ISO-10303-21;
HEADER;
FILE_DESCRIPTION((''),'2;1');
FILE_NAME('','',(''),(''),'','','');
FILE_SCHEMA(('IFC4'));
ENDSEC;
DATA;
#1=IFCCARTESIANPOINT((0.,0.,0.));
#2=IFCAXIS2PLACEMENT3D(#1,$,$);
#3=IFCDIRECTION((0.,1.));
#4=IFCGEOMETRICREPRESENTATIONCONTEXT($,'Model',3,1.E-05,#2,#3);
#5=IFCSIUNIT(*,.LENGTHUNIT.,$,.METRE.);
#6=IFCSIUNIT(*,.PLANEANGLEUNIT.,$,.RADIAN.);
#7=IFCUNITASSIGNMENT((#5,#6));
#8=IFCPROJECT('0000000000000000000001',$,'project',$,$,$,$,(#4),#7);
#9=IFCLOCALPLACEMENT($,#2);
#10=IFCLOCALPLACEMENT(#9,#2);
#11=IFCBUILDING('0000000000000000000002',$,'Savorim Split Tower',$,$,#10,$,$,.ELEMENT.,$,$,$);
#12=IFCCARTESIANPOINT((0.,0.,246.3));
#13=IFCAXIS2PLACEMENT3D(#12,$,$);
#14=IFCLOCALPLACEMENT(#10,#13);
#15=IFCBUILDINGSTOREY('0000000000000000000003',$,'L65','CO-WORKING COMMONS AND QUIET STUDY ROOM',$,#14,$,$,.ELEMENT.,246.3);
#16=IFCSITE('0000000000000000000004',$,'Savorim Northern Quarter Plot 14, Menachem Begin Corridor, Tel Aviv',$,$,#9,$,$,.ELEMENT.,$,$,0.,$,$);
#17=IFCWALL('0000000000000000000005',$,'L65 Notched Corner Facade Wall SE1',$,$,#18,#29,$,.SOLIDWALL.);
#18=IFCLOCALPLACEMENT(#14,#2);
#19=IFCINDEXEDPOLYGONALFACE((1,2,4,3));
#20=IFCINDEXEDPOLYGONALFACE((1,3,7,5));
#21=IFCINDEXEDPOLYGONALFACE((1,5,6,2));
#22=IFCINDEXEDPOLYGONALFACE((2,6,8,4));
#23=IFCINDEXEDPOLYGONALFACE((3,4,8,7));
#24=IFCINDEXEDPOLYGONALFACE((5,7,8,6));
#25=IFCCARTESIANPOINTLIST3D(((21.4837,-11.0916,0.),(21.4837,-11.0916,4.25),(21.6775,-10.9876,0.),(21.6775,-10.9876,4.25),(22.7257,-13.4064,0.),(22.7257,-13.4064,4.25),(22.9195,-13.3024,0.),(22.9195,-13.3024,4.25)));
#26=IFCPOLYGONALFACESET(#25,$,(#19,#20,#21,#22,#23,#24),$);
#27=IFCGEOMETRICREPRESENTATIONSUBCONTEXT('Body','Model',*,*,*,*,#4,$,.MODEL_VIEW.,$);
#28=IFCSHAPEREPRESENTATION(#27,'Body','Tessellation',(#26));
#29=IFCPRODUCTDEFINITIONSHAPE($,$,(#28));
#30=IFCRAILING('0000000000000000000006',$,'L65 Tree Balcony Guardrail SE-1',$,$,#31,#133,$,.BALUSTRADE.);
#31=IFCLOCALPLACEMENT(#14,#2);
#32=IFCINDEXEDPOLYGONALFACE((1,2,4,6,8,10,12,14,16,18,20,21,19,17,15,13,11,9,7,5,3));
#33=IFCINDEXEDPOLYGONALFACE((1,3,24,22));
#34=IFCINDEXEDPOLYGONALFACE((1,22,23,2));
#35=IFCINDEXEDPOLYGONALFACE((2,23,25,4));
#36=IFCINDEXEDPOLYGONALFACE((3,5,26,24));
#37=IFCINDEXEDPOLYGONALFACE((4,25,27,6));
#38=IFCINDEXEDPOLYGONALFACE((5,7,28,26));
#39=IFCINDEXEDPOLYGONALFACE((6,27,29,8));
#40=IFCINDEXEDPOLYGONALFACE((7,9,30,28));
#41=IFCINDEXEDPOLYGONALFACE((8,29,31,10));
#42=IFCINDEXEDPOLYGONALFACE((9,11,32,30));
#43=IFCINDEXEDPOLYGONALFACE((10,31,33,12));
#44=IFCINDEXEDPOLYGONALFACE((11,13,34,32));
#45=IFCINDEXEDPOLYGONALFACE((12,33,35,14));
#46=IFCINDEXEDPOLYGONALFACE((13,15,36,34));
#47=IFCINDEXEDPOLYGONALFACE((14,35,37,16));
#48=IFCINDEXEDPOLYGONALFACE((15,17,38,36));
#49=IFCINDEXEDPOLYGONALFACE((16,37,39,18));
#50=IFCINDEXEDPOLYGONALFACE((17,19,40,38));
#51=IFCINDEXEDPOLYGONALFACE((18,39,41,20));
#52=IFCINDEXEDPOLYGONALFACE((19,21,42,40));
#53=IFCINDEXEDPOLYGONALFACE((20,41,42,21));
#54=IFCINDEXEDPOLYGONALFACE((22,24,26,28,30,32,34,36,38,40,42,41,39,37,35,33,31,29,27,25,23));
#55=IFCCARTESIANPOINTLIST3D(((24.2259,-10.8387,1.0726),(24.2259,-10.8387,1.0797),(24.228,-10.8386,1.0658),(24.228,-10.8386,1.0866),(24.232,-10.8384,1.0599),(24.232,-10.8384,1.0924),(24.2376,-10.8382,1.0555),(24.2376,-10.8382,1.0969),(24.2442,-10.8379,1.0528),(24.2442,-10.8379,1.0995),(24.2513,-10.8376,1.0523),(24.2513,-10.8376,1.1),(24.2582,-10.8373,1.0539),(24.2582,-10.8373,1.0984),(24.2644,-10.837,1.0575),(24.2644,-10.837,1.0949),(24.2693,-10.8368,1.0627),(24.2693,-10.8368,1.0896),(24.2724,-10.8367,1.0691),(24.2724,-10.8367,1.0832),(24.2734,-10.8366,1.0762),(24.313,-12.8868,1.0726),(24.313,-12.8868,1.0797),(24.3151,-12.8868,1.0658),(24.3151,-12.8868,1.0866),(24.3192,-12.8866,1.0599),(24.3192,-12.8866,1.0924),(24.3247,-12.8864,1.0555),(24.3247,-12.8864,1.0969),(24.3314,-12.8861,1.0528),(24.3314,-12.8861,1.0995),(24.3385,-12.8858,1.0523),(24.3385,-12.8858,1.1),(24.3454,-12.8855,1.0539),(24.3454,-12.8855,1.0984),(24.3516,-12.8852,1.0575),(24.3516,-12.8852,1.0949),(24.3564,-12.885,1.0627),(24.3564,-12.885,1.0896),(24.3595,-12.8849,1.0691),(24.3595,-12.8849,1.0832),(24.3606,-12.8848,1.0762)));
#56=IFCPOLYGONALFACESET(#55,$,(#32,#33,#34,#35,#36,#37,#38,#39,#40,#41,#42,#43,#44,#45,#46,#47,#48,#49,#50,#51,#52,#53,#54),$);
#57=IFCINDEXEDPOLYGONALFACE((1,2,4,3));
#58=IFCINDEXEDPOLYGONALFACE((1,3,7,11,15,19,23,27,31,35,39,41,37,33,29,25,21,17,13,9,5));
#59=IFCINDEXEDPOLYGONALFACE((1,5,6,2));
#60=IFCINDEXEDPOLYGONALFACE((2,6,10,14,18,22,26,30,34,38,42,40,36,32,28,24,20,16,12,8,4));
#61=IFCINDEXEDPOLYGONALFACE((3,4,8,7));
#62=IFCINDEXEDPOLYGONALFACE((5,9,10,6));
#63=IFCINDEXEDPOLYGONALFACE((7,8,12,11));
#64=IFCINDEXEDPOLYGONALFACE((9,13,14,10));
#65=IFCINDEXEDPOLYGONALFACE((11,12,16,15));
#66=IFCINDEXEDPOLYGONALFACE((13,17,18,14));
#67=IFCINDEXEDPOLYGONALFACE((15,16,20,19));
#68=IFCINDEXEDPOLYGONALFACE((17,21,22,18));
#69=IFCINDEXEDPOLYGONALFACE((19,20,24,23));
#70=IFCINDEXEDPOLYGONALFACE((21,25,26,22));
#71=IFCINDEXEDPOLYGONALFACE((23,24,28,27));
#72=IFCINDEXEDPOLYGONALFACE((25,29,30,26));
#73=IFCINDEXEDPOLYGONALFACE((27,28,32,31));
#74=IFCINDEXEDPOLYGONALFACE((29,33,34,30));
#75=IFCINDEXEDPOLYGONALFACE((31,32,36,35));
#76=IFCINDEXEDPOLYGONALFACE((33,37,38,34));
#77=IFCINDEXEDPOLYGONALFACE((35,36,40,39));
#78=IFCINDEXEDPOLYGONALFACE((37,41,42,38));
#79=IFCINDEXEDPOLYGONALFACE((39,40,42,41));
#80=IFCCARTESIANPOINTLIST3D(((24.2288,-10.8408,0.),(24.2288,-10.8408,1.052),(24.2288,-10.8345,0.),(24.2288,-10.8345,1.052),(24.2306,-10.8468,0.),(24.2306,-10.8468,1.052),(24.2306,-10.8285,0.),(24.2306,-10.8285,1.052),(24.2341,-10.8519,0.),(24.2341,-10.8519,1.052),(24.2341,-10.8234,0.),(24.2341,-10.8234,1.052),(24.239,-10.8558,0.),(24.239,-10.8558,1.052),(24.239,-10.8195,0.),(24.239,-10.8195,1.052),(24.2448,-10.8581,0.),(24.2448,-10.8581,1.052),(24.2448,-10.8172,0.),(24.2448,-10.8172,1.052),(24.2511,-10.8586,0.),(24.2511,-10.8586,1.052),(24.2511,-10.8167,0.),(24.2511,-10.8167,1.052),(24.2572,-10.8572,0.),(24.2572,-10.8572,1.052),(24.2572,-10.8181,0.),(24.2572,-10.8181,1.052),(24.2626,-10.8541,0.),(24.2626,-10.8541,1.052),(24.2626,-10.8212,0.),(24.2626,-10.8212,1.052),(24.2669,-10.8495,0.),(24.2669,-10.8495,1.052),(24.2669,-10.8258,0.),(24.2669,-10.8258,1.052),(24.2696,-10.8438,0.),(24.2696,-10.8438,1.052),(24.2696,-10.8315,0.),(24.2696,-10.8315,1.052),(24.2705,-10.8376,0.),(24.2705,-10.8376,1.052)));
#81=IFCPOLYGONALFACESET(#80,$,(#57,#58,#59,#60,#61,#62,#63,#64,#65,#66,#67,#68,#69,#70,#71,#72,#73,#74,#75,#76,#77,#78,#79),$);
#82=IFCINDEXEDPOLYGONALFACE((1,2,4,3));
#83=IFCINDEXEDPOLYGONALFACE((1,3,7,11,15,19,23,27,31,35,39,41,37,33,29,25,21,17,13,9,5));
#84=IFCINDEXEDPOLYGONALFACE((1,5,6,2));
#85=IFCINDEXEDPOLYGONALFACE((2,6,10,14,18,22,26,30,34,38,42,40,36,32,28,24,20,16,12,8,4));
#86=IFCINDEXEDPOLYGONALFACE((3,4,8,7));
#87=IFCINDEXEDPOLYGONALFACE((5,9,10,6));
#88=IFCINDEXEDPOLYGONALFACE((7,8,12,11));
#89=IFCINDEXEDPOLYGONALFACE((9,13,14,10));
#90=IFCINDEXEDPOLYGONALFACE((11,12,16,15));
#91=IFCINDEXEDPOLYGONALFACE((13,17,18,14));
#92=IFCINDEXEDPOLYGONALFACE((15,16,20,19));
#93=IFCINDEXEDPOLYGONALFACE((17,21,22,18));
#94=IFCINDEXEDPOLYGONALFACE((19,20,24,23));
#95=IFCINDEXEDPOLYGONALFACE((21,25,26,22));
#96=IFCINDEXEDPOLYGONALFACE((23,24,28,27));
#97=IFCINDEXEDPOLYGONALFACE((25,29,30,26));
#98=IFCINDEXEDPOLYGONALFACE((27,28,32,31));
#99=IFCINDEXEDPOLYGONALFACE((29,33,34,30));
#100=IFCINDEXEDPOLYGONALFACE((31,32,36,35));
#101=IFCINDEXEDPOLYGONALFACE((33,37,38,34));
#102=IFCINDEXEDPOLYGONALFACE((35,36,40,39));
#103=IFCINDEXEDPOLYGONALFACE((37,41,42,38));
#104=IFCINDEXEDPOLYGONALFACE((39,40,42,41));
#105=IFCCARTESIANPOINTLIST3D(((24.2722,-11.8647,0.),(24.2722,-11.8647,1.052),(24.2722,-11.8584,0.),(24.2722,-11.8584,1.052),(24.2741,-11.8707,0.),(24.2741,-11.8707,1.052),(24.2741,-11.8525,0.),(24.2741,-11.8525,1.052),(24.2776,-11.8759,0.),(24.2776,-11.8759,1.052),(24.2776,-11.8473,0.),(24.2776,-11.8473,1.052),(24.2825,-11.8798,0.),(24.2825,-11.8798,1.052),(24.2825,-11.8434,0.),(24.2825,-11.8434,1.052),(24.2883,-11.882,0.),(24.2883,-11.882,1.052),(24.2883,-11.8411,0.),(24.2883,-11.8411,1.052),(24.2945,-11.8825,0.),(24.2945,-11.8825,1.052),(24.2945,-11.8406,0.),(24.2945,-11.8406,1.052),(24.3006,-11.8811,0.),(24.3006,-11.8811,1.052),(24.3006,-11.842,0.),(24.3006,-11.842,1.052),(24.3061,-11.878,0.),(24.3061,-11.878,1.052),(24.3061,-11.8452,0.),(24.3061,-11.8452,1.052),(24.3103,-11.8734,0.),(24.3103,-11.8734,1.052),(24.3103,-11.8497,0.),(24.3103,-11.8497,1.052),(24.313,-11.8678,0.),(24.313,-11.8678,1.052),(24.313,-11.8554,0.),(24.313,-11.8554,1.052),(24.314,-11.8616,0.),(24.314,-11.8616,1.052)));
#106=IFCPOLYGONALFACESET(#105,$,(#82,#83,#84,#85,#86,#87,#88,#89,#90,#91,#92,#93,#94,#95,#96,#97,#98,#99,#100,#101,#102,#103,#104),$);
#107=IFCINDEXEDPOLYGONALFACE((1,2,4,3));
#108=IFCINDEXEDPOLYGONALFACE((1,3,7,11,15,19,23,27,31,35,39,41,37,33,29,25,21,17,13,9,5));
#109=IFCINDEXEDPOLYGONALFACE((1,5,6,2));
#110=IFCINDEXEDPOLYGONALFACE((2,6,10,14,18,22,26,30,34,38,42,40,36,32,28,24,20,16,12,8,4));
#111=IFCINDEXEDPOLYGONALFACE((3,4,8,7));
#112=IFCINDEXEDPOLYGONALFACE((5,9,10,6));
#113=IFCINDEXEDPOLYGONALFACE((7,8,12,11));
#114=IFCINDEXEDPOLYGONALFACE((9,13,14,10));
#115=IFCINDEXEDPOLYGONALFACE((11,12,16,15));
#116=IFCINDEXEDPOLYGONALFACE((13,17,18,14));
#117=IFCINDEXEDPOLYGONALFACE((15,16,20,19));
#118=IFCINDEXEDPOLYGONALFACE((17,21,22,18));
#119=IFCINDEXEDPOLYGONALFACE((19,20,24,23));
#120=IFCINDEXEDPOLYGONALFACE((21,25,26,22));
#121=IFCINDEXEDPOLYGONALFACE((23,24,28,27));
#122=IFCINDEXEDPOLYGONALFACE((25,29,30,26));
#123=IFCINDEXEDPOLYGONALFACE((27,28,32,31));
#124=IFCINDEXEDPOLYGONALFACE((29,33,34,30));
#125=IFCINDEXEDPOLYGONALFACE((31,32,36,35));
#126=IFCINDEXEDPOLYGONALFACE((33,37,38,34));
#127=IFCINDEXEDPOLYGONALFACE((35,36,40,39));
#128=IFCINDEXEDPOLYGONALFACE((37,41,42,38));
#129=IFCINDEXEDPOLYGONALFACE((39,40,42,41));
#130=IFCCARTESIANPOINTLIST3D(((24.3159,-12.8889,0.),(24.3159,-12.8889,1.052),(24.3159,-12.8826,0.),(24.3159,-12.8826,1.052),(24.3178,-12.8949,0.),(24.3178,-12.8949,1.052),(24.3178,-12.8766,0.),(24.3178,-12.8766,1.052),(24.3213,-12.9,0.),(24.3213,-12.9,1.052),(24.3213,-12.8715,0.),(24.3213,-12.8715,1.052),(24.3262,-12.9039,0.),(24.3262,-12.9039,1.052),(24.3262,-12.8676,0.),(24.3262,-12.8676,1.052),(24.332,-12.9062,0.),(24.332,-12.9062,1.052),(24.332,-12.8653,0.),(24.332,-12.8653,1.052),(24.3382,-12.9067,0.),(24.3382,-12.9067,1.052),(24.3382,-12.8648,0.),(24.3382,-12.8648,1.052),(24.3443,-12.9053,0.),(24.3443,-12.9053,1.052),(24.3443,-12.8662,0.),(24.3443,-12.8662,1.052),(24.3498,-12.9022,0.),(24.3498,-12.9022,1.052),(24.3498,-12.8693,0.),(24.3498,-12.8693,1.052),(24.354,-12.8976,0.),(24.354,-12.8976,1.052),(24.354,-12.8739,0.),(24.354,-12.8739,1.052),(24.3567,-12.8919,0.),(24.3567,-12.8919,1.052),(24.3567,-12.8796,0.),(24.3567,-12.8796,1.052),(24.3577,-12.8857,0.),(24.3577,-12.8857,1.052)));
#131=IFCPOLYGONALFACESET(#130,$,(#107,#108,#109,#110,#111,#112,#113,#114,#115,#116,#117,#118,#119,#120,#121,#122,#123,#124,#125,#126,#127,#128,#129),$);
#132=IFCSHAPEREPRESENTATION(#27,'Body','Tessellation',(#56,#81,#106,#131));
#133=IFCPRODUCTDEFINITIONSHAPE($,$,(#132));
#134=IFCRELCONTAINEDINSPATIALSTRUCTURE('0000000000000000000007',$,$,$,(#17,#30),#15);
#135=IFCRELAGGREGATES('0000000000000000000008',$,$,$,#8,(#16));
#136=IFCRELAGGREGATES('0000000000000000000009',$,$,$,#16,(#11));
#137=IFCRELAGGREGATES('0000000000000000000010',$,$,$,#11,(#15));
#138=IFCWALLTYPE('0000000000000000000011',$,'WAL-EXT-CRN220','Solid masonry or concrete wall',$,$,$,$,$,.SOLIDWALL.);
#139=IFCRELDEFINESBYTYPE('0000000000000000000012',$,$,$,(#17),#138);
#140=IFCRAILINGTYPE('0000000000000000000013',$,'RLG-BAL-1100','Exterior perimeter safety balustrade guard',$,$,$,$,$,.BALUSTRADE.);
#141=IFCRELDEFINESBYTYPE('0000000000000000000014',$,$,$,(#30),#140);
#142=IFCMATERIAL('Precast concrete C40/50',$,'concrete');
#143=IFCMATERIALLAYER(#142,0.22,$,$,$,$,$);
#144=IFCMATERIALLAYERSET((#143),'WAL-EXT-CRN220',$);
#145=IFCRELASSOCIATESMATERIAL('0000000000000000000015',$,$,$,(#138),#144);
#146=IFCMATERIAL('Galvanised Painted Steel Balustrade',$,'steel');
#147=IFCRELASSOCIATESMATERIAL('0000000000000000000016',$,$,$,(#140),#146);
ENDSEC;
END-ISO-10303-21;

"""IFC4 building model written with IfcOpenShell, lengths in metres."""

from ifc_helpers import new_model, si_unit, direction, frame, frame_2d, origin, origin_2d, place, context, subcontext, project, spatial, rectangle, circle, extrude, material, layer, layer_set, type_object, element, save


model = new_model("IFC4")

# Units and contexts
model_context = context("Model", 3, precision=1e-05, world=origin(), true_north=direction((0.0, 1.0)))
body_context = subcontext(model_context, "Body", "Model", "MODEL_VIEW")
ifc_project = project(units=[si_unit("LENGTHUNIT", "METRE"), si_unit("PLANEANGLEUNIT", "RADIAN")], contexts=[model_context])

# Site, building, storey
site_placement = place(None, origin())
site = spatial("IfcSite", under=ifc_project, at=site_placement, Name="Savorim Northern Quarter Plot 14, Menachem Begin Corridor, Tel Aviv", CompositionType="ELEMENT", RefElevation=0.0)
building_placement = place(site_placement, origin())
building = spatial("IfcBuilding", under=site, at=building_placement, Name="Savorim Split Tower", CompositionType="ELEMENT")
storey_placement = place(building_placement, frame((0.0, 0.0, 246.3)))
storey = spatial("IfcBuildingStorey", under=building, at=storey_placement, Name="L65", Description="CO-WORKING COMMONS AND QUIET STUDY ROOM", CompositionType="ELEMENT", Elevation=246.3)

# Wall
ifc_material_1 = material(Name="Precast concrete C40/50", Category="concrete")
ifc_layer_1 = layer(ifc_material_1, 0.22)
ifc_layer_set_1 = layer_set([ifc_layer_1], Name="WAL-EXT-CRN220")
wall_type = type_object("IfcWallType", Name="WAL-EXT-CRN220", Description="Solid masonry or concrete wall", PredefinedType="SOLIDWALL", material=ifc_layer_set_1)
wall_1_placement = place(storey_placement, frame((21.5806, -11.0396, 0.0), z_axis=(0.0, 0.0, 1.0), x_axis=(0.472791, -0.881174, 0.0)))
element("IfcWall", 1, at=wall_1_placement, inside=storey, type_object=wall_type, Name="L65 Notched Corner Facade Wall SE1", PredefinedType="SOLIDWALL", context=body_context, shape_type="SweptSolid", body=[
    extrude(rectangle(XDim=2.627, YDim=0.22, at=frame_2d((1.3135, 0.0))), origin(), (0.0, 0.0, 1.0), 4.25),
])

# Railing
ifc_material_2 = material(Name="Galvanised Painted Steel Balustrade", Category="steel")
railing_type = type_object("IfcRailingType", Name="RLG-BAL-1100", Description="Exterior perimeter safety balustrade guard", PredefinedType="BALUSTRADE", material=ifc_material_2)
railing_1_placement = place(storey_placement, frame((24.2495, -10.8376, 0.0)))
element("IfcRailing", 2, at=railing_1_placement, inside=storey, type_object=railing_type, Name="L65 Tree Balcony Guardrail SE-1", PredefinedType="BALUSTRADE", context=body_context, shape_type="SweptSolid", body=[
    extrude(circle(Radius=0.0239, at=origin_2d()), frame((0.0, 0.0, 1.0762), z_axis=(0.042517, -0.999096, 0.0), x_axis=(0.999096, 0.042517, 0.0)), (0.0, 0.0, 1.0), 2.05),
    extrude(circle(Radius=0.021, at=origin_2d()), origin(), (0.0, 0.0, 1.0), 1.052),
    extrude(circle(Radius=0.021, at=origin_2d()), frame((0.0435, -1.0239, 0.0)), (0.0, 0.0, 1.0), 1.052),
    extrude(circle(Radius=0.021, at=origin_2d()), frame((0.0872, -2.0481, 0.0)), (0.0, 0.0, 1.0), 1.052),
])

save(model, "model.ifc")
